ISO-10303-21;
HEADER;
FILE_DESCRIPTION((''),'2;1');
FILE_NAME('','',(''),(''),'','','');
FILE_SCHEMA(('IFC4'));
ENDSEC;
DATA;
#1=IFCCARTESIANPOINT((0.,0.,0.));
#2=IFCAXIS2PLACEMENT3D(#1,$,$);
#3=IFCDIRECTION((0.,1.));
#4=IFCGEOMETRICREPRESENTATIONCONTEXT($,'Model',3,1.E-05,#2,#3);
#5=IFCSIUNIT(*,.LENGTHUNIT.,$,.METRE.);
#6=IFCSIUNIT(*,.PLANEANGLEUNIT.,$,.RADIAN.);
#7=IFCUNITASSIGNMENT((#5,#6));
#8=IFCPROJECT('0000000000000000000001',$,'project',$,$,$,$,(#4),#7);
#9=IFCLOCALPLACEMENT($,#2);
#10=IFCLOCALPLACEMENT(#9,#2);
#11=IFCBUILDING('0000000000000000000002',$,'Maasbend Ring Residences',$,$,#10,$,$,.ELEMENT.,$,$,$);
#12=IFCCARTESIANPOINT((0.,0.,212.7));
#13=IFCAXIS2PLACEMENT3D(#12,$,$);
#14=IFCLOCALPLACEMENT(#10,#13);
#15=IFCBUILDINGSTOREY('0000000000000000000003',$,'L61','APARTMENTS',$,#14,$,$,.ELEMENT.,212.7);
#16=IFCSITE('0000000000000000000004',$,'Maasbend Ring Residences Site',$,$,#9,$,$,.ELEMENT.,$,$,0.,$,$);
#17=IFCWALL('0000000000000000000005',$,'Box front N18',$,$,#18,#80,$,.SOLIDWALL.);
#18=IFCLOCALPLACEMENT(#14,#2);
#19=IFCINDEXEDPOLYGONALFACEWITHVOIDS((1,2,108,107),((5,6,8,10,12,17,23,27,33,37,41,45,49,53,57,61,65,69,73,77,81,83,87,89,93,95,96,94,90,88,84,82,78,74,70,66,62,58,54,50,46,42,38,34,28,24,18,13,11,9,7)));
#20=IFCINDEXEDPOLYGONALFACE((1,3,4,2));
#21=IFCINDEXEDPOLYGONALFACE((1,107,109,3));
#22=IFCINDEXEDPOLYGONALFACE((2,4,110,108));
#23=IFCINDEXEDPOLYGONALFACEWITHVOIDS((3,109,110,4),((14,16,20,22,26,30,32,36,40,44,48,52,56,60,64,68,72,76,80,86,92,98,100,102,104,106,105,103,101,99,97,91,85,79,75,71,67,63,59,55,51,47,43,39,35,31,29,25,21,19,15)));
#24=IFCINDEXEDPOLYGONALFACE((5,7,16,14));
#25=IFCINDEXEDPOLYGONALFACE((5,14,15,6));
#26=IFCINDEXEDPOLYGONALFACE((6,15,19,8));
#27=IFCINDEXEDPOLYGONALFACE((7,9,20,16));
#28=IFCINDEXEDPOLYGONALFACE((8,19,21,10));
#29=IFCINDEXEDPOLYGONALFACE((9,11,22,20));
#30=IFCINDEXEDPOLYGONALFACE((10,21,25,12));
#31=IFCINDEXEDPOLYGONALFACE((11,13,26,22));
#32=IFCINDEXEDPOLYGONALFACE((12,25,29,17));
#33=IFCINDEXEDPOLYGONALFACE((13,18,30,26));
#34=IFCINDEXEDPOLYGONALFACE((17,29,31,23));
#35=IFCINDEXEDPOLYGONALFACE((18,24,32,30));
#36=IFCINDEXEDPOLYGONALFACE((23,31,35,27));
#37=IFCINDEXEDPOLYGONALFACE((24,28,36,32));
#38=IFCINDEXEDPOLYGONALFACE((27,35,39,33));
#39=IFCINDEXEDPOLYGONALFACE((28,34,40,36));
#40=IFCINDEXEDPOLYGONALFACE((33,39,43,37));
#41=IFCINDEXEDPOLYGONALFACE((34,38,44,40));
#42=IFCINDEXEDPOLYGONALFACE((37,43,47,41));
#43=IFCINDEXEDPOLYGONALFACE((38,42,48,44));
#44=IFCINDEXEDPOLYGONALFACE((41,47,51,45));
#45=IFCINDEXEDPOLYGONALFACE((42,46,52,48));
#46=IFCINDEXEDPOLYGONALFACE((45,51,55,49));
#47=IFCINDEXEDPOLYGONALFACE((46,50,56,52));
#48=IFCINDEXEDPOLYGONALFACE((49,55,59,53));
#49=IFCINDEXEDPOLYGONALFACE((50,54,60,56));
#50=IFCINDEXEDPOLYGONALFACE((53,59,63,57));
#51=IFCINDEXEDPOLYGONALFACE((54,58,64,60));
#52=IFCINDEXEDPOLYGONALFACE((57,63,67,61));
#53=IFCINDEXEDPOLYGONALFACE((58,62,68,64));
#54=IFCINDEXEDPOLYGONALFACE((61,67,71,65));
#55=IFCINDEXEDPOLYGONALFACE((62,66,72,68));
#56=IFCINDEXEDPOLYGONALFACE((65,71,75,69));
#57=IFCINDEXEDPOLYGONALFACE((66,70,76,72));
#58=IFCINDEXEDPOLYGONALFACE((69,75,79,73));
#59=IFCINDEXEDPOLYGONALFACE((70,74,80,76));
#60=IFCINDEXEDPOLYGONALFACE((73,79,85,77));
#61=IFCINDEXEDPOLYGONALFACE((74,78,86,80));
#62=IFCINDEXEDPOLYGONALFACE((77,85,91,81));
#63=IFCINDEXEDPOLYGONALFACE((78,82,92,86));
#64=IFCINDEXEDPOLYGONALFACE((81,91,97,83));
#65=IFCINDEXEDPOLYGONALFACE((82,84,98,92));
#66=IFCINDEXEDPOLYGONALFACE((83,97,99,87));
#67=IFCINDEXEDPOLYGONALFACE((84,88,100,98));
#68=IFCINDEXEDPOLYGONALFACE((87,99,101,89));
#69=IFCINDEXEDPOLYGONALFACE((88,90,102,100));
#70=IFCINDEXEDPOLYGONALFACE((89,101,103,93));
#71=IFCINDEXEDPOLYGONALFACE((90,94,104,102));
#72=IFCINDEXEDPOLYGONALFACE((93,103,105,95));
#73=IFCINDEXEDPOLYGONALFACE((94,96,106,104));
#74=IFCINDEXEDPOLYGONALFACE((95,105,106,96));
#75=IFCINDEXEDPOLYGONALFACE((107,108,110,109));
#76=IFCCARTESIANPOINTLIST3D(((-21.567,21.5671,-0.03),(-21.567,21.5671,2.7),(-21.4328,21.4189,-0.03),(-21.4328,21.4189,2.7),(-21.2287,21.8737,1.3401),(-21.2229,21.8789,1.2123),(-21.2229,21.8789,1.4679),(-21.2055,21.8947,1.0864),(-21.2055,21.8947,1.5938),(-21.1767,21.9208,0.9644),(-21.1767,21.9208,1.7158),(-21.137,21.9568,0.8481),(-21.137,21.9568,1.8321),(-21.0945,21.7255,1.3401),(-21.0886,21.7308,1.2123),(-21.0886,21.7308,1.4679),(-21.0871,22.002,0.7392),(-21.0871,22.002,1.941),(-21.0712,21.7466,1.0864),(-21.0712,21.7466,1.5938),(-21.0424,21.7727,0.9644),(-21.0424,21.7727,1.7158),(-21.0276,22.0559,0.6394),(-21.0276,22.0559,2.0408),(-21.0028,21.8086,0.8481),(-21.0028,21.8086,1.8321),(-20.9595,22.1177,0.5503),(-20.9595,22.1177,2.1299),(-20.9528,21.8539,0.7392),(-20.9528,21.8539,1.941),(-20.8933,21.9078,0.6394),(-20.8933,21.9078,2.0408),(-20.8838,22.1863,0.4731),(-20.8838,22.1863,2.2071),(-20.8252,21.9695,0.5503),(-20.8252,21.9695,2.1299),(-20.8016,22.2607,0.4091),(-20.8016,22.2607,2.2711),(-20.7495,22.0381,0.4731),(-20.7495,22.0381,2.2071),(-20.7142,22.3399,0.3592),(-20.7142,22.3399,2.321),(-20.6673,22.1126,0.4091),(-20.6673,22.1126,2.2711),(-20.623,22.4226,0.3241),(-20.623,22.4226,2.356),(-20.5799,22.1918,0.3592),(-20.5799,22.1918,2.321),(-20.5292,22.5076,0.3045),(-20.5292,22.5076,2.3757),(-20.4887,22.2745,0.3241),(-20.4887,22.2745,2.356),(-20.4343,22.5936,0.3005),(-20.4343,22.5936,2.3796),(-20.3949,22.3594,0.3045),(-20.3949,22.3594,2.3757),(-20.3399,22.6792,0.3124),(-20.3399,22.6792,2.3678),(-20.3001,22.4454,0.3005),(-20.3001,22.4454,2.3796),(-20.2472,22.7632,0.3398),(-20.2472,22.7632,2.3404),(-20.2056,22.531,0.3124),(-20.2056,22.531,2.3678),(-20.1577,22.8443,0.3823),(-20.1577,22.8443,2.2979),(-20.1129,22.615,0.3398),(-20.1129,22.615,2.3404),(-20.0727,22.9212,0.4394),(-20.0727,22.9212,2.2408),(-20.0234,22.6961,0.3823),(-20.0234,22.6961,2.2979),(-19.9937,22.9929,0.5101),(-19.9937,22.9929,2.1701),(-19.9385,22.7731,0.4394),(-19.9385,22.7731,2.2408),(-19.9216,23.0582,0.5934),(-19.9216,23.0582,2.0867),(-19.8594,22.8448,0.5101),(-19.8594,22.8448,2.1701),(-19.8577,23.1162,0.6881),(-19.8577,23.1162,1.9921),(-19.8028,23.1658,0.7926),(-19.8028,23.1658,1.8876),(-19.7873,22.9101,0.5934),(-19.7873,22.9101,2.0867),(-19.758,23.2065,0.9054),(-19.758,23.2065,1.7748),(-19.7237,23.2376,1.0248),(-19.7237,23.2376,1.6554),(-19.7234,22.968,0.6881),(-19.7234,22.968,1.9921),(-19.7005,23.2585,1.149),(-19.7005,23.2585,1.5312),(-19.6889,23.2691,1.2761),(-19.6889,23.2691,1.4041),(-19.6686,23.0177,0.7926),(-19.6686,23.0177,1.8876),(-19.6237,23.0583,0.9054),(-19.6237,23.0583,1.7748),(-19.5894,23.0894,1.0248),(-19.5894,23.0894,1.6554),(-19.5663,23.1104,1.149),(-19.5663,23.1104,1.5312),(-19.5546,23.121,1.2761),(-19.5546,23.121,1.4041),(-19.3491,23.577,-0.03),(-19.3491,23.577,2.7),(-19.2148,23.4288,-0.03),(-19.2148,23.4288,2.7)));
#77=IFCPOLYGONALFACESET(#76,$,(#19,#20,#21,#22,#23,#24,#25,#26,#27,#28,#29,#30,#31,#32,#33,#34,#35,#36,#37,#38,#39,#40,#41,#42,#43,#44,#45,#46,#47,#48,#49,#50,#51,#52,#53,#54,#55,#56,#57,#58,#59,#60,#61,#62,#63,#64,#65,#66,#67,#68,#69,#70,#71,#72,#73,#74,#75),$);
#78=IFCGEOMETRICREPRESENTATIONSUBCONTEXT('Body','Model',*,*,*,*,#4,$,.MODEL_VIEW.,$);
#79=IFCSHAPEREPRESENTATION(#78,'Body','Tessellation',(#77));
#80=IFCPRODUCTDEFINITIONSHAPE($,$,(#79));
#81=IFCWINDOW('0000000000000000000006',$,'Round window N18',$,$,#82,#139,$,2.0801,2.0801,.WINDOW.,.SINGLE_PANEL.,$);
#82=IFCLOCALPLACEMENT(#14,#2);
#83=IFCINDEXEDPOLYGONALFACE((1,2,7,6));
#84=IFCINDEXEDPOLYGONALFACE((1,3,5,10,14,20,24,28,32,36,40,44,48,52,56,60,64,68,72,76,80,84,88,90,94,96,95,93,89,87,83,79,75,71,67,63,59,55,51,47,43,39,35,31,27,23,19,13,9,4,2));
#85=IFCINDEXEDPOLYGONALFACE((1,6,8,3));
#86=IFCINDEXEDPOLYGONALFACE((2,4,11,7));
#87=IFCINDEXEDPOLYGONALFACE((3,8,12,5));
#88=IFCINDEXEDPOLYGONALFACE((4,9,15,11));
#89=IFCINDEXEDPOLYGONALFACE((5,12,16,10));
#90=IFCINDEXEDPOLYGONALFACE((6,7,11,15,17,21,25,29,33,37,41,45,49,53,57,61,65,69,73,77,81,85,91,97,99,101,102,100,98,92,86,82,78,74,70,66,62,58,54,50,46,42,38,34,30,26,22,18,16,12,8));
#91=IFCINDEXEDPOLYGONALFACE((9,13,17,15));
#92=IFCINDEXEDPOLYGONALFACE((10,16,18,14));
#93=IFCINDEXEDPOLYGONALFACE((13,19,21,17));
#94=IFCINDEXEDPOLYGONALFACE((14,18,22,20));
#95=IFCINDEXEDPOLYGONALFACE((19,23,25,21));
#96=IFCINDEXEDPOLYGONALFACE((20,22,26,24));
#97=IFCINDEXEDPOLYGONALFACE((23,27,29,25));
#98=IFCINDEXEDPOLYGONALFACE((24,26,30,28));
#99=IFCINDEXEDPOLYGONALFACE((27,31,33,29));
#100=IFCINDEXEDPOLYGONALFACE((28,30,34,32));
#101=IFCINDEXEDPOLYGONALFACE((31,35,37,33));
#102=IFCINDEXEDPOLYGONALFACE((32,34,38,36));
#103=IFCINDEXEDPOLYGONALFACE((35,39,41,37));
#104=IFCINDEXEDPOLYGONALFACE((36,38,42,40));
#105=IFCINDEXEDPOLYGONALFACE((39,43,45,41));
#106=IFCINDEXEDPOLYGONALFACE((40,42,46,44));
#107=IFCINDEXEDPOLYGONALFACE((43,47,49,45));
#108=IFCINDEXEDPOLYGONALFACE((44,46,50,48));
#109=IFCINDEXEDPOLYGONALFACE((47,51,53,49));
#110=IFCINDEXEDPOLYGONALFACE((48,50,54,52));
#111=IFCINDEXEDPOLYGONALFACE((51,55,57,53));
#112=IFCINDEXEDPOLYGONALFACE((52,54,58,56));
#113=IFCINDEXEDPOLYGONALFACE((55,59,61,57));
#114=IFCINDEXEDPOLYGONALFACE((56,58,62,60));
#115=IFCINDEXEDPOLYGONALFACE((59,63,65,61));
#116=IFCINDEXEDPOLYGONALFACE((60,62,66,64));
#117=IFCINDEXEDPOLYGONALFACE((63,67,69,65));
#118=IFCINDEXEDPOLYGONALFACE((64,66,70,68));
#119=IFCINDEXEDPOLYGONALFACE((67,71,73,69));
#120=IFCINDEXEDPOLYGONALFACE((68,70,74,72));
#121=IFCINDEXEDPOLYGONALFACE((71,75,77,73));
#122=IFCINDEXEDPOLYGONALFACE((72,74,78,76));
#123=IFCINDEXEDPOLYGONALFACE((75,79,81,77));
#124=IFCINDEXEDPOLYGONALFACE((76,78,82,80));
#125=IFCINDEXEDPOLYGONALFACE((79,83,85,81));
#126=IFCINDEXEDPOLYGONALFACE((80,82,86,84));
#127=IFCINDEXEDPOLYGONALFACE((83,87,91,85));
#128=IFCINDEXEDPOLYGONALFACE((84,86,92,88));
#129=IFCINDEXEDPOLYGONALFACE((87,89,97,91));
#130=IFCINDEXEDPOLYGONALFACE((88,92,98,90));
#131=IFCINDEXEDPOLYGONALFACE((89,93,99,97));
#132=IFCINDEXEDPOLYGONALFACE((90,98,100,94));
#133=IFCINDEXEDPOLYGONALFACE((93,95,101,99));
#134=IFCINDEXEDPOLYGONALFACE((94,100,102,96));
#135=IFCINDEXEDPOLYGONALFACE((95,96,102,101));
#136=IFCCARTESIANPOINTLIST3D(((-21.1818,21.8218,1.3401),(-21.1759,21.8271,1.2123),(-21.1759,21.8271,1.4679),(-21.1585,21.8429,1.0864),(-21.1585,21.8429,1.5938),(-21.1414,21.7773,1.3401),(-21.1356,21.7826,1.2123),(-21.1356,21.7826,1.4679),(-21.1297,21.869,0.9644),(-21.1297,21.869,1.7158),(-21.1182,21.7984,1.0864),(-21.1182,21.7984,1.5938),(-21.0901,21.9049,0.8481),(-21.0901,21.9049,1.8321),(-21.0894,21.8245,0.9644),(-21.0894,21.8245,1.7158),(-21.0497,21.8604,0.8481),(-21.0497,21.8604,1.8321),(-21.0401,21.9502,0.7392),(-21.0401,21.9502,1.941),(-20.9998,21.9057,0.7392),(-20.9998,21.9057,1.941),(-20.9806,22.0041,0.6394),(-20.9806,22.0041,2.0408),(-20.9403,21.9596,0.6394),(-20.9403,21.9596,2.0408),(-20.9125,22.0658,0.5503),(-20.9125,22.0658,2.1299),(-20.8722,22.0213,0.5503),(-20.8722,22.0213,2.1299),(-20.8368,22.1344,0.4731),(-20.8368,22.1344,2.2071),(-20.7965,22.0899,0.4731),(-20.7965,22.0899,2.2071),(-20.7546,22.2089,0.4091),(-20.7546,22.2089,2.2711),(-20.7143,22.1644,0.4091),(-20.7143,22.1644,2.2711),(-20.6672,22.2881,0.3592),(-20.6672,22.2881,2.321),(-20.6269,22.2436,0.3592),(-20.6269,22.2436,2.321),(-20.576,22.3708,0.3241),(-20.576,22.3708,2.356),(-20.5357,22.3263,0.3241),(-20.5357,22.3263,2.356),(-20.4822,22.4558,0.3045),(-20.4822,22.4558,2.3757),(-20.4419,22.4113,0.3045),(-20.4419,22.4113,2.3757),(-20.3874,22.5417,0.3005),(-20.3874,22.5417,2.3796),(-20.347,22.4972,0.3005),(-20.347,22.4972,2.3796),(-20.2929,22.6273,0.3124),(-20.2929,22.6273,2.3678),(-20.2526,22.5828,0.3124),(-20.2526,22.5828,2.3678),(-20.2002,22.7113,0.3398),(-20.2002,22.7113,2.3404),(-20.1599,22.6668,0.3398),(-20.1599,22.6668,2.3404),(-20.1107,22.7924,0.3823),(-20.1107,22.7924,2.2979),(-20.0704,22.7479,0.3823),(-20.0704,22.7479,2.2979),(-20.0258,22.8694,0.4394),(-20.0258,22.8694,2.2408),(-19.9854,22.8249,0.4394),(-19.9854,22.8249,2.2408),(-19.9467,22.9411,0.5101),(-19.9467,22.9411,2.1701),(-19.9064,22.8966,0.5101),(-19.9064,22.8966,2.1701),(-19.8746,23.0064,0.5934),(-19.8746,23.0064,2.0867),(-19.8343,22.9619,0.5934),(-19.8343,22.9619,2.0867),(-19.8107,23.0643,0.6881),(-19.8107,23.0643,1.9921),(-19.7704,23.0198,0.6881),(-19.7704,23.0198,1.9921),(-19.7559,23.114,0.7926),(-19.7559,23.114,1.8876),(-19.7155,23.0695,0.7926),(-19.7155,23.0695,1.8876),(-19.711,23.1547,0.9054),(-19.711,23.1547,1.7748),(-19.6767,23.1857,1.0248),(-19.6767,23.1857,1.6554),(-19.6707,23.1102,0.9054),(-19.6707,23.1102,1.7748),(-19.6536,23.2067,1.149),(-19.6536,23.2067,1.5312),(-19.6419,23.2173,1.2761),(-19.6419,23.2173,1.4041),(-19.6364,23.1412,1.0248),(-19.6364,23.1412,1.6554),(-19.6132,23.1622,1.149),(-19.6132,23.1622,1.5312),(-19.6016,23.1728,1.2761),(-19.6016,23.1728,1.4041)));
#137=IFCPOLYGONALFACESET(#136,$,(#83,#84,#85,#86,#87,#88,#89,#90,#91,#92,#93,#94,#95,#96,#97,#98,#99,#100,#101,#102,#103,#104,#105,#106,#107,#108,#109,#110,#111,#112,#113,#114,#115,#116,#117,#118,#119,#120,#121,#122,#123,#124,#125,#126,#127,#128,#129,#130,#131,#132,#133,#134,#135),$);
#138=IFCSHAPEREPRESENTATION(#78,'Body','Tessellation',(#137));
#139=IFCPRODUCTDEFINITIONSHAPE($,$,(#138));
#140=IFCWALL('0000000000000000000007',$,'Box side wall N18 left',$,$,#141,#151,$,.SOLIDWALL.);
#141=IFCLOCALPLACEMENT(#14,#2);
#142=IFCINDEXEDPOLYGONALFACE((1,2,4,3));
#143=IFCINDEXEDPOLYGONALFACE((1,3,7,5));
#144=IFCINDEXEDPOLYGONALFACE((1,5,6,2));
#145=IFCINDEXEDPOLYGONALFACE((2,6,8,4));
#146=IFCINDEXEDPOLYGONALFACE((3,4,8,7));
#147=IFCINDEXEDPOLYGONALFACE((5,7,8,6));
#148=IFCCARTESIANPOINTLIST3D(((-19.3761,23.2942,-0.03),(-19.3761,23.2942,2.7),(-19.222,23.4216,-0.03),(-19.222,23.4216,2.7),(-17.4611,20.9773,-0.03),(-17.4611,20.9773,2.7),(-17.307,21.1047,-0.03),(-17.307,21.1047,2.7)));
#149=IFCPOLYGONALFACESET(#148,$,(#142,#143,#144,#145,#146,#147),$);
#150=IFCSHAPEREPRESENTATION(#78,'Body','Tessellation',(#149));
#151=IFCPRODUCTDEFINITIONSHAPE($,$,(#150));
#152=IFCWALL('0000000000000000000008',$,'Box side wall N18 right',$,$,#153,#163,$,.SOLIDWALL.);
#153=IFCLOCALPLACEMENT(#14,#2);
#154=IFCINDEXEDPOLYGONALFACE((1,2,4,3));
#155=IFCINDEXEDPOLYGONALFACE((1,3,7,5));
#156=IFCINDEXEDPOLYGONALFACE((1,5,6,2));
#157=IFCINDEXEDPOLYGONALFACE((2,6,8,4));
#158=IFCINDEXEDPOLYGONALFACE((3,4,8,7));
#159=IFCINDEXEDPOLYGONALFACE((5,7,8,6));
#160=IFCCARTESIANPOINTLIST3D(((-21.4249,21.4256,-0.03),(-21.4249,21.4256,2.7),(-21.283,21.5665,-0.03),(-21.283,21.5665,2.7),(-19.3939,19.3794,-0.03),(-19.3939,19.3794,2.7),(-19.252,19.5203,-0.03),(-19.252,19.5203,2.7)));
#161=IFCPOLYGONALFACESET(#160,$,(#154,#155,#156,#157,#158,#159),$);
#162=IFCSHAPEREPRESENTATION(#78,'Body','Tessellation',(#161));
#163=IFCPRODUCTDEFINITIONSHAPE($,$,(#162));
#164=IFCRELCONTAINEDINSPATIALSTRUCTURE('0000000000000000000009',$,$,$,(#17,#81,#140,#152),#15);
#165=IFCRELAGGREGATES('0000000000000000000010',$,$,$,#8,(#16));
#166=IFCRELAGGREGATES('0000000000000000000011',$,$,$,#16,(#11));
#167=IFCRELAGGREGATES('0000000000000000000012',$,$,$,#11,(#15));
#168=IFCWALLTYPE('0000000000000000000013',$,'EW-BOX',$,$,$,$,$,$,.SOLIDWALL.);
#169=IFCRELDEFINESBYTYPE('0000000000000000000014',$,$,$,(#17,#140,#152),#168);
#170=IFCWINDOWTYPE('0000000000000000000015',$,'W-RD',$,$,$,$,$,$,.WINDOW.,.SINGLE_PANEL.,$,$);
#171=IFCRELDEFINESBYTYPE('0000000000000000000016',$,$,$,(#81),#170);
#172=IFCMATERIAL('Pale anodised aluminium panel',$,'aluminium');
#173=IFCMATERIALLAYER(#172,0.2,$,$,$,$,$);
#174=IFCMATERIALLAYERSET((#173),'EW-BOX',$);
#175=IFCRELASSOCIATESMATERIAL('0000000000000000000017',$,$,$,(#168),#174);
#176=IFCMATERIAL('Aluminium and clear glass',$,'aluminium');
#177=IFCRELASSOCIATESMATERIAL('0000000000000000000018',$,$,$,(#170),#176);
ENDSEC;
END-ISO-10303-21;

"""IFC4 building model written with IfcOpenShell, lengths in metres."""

from ifc_helpers import new_model, si_unit, direction, frame, frame_2d, origin, place, context, subcontext, project, spatial, rectangle, circle, extrude, material, layer, layer_set, type_object, element, fill, save


model = new_model("IFC4")

# Units and contexts
model_context = context("Model", 3, precision=1e-05, world=origin(), true_north=direction((0.0, 1.0)))
body_context = subcontext(model_context, "Body", "Model", "MODEL_VIEW")
ifc_project = project(units=[si_unit("LENGTHUNIT", "METRE"), si_unit("PLANEANGLEUNIT", "RADIAN")], contexts=[model_context])

# Site, building, storey
site_placement = place(None, origin())
site = spatial("IfcSite", under=ifc_project, at=site_placement, Name="Maasbend Ring Residences Site", CompositionType="ELEMENT", RefElevation=0.0)
building_placement = place(site_placement, origin())
building = spatial("IfcBuilding", under=site, at=building_placement, Name="Maasbend Ring Residences", CompositionType="ELEMENT")
storey_placement = place(building_placement, frame((0.0, 0.0, 212.7)))
storey = spatial("IfcBuildingStorey", under=building, at=storey_placement, Name="L61", Description="APARTMENTS", CompositionType="ELEMENT", Elevation=212.7)

# Shared definitions
ifc_material_1 = material(Name="Pale anodised aluminium panel", Category="aluminium")
ifc_layer_1 = layer(ifc_material_1, 0.2)
ifc_layer_set_1 = layer_set([ifc_layer_1], Name="EW-BOX")
wall_type_1 = type_object("IfcWallType", Name="EW-BOX", PredefinedType="SOLIDWALL", material=ifc_layer_set_1)
ifc_material_2 = material(Name="Aluminium and clear glass", Category="aluminium")
window_type_1 = type_object("IfcWindowType", Name="W-RD", PartitioningType="SINGLE_PANEL", PredefinedType="WINDOW", material=ifc_material_2)

# Wall, opening, window
wall_1_placement = place(storey_placement, frame((-19.282, 23.5029, -0.03), z_axis=(0.0, 0.0, 1.0), x_axis=(-0.740998, -0.671507, 0.0)))
wall_1 = element("IfcWall", 1, at=wall_1_placement, inside=storey, type_object=wall_type_1, Name="Box front N18", PredefinedType="SOLIDWALL", context=body_context, shape_type="SweptSolid", body=[
    extrude(rectangle(XDim=2.9932, YDim=0.2, at=frame_2d((1.4966, 0.0))), origin(), (0.0, 0.0, 1.0), 2.73),
])
opening_1_placement = place(wall_1_placement, frame((0.4565, 0.0, 0.3301)))
opening_1 = element("IfcOpeningElement", 2, at=opening_1_placement, cuts=wall_1, PredefinedType="OPENING", context=body_context, shape_type="SweptSolid", body=[
    extrude(circle(Radius=1.04, at=frame_2d((1.04, 1.04))), frame((0.0, 0.1099, 0.0), z_axis=(0.0, -1.0, 0.0), x_axis=(1.0, 0.0, 0.0)), (0.0, 0.0, 1.0), 0.22),
])
window_1_placement = place(opening_1_placement, origin())
window_1 = element("IfcWindow", 3, at=window_1_placement, inside=storey, type_object=window_type_1, Name="Round window N18", OverallHeight=2.0801, OverallWidth=2.0801, PartitioningType="SINGLE_PANEL", PredefinedType="WINDOW", context=body_context, shape_type="SweptSolid", body=[
    extrude(circle(Radius=1.04, at=frame_2d((1.04, 1.04))), frame((0.0, 0.03, 0.0), z_axis=(0.0, -1.0, 0.0), x_axis=(1.0, 0.0, 0.0)), (0.0, 0.0, 1.0), 0.0601),
])
fill(opening_1, window_1)

# Walls
wall_2_placement = place(storey_placement, frame((-17.384, 21.041, -0.03), z_axis=(0.0, 0.0, 1.0), x_axis=(-0.637096, 0.770785, 0.0)))
element("IfcWall", 4, at=wall_2_placement, inside=storey, type_object=wall_type_1, Name="Box side wall N18 left", PredefinedType="SOLIDWALL", context=body_context, shape_type="SweptSolid", body=[
    extrude(rectangle(XDim=3.0059, YDim=0.2, at=frame_2d((1.5029, 0.0))), origin(), (0.0, 0.0, 1.0), 2.73),
])
wall_3_placement = place(storey_placement, frame((-19.323, 19.45, -0.03), z_axis=(0.0, 0.0, 1.0), x_axis=(-0.704477, 0.709727, 0.0)))
element("IfcWall", 5, at=wall_3_placement, inside=storey, type_object=wall_type_1, Name="Box side wall N18 right", PredefinedType="SOLIDWALL", context=body_context, shape_type="SweptSolid", body=[
    extrude(rectangle(XDim=2.8831, YDim=0.2, at=frame_2d((1.4414, 0.0))), origin(), (0.0, 0.0, 1.0), 2.73),
])

save(model, "model.ifc")
